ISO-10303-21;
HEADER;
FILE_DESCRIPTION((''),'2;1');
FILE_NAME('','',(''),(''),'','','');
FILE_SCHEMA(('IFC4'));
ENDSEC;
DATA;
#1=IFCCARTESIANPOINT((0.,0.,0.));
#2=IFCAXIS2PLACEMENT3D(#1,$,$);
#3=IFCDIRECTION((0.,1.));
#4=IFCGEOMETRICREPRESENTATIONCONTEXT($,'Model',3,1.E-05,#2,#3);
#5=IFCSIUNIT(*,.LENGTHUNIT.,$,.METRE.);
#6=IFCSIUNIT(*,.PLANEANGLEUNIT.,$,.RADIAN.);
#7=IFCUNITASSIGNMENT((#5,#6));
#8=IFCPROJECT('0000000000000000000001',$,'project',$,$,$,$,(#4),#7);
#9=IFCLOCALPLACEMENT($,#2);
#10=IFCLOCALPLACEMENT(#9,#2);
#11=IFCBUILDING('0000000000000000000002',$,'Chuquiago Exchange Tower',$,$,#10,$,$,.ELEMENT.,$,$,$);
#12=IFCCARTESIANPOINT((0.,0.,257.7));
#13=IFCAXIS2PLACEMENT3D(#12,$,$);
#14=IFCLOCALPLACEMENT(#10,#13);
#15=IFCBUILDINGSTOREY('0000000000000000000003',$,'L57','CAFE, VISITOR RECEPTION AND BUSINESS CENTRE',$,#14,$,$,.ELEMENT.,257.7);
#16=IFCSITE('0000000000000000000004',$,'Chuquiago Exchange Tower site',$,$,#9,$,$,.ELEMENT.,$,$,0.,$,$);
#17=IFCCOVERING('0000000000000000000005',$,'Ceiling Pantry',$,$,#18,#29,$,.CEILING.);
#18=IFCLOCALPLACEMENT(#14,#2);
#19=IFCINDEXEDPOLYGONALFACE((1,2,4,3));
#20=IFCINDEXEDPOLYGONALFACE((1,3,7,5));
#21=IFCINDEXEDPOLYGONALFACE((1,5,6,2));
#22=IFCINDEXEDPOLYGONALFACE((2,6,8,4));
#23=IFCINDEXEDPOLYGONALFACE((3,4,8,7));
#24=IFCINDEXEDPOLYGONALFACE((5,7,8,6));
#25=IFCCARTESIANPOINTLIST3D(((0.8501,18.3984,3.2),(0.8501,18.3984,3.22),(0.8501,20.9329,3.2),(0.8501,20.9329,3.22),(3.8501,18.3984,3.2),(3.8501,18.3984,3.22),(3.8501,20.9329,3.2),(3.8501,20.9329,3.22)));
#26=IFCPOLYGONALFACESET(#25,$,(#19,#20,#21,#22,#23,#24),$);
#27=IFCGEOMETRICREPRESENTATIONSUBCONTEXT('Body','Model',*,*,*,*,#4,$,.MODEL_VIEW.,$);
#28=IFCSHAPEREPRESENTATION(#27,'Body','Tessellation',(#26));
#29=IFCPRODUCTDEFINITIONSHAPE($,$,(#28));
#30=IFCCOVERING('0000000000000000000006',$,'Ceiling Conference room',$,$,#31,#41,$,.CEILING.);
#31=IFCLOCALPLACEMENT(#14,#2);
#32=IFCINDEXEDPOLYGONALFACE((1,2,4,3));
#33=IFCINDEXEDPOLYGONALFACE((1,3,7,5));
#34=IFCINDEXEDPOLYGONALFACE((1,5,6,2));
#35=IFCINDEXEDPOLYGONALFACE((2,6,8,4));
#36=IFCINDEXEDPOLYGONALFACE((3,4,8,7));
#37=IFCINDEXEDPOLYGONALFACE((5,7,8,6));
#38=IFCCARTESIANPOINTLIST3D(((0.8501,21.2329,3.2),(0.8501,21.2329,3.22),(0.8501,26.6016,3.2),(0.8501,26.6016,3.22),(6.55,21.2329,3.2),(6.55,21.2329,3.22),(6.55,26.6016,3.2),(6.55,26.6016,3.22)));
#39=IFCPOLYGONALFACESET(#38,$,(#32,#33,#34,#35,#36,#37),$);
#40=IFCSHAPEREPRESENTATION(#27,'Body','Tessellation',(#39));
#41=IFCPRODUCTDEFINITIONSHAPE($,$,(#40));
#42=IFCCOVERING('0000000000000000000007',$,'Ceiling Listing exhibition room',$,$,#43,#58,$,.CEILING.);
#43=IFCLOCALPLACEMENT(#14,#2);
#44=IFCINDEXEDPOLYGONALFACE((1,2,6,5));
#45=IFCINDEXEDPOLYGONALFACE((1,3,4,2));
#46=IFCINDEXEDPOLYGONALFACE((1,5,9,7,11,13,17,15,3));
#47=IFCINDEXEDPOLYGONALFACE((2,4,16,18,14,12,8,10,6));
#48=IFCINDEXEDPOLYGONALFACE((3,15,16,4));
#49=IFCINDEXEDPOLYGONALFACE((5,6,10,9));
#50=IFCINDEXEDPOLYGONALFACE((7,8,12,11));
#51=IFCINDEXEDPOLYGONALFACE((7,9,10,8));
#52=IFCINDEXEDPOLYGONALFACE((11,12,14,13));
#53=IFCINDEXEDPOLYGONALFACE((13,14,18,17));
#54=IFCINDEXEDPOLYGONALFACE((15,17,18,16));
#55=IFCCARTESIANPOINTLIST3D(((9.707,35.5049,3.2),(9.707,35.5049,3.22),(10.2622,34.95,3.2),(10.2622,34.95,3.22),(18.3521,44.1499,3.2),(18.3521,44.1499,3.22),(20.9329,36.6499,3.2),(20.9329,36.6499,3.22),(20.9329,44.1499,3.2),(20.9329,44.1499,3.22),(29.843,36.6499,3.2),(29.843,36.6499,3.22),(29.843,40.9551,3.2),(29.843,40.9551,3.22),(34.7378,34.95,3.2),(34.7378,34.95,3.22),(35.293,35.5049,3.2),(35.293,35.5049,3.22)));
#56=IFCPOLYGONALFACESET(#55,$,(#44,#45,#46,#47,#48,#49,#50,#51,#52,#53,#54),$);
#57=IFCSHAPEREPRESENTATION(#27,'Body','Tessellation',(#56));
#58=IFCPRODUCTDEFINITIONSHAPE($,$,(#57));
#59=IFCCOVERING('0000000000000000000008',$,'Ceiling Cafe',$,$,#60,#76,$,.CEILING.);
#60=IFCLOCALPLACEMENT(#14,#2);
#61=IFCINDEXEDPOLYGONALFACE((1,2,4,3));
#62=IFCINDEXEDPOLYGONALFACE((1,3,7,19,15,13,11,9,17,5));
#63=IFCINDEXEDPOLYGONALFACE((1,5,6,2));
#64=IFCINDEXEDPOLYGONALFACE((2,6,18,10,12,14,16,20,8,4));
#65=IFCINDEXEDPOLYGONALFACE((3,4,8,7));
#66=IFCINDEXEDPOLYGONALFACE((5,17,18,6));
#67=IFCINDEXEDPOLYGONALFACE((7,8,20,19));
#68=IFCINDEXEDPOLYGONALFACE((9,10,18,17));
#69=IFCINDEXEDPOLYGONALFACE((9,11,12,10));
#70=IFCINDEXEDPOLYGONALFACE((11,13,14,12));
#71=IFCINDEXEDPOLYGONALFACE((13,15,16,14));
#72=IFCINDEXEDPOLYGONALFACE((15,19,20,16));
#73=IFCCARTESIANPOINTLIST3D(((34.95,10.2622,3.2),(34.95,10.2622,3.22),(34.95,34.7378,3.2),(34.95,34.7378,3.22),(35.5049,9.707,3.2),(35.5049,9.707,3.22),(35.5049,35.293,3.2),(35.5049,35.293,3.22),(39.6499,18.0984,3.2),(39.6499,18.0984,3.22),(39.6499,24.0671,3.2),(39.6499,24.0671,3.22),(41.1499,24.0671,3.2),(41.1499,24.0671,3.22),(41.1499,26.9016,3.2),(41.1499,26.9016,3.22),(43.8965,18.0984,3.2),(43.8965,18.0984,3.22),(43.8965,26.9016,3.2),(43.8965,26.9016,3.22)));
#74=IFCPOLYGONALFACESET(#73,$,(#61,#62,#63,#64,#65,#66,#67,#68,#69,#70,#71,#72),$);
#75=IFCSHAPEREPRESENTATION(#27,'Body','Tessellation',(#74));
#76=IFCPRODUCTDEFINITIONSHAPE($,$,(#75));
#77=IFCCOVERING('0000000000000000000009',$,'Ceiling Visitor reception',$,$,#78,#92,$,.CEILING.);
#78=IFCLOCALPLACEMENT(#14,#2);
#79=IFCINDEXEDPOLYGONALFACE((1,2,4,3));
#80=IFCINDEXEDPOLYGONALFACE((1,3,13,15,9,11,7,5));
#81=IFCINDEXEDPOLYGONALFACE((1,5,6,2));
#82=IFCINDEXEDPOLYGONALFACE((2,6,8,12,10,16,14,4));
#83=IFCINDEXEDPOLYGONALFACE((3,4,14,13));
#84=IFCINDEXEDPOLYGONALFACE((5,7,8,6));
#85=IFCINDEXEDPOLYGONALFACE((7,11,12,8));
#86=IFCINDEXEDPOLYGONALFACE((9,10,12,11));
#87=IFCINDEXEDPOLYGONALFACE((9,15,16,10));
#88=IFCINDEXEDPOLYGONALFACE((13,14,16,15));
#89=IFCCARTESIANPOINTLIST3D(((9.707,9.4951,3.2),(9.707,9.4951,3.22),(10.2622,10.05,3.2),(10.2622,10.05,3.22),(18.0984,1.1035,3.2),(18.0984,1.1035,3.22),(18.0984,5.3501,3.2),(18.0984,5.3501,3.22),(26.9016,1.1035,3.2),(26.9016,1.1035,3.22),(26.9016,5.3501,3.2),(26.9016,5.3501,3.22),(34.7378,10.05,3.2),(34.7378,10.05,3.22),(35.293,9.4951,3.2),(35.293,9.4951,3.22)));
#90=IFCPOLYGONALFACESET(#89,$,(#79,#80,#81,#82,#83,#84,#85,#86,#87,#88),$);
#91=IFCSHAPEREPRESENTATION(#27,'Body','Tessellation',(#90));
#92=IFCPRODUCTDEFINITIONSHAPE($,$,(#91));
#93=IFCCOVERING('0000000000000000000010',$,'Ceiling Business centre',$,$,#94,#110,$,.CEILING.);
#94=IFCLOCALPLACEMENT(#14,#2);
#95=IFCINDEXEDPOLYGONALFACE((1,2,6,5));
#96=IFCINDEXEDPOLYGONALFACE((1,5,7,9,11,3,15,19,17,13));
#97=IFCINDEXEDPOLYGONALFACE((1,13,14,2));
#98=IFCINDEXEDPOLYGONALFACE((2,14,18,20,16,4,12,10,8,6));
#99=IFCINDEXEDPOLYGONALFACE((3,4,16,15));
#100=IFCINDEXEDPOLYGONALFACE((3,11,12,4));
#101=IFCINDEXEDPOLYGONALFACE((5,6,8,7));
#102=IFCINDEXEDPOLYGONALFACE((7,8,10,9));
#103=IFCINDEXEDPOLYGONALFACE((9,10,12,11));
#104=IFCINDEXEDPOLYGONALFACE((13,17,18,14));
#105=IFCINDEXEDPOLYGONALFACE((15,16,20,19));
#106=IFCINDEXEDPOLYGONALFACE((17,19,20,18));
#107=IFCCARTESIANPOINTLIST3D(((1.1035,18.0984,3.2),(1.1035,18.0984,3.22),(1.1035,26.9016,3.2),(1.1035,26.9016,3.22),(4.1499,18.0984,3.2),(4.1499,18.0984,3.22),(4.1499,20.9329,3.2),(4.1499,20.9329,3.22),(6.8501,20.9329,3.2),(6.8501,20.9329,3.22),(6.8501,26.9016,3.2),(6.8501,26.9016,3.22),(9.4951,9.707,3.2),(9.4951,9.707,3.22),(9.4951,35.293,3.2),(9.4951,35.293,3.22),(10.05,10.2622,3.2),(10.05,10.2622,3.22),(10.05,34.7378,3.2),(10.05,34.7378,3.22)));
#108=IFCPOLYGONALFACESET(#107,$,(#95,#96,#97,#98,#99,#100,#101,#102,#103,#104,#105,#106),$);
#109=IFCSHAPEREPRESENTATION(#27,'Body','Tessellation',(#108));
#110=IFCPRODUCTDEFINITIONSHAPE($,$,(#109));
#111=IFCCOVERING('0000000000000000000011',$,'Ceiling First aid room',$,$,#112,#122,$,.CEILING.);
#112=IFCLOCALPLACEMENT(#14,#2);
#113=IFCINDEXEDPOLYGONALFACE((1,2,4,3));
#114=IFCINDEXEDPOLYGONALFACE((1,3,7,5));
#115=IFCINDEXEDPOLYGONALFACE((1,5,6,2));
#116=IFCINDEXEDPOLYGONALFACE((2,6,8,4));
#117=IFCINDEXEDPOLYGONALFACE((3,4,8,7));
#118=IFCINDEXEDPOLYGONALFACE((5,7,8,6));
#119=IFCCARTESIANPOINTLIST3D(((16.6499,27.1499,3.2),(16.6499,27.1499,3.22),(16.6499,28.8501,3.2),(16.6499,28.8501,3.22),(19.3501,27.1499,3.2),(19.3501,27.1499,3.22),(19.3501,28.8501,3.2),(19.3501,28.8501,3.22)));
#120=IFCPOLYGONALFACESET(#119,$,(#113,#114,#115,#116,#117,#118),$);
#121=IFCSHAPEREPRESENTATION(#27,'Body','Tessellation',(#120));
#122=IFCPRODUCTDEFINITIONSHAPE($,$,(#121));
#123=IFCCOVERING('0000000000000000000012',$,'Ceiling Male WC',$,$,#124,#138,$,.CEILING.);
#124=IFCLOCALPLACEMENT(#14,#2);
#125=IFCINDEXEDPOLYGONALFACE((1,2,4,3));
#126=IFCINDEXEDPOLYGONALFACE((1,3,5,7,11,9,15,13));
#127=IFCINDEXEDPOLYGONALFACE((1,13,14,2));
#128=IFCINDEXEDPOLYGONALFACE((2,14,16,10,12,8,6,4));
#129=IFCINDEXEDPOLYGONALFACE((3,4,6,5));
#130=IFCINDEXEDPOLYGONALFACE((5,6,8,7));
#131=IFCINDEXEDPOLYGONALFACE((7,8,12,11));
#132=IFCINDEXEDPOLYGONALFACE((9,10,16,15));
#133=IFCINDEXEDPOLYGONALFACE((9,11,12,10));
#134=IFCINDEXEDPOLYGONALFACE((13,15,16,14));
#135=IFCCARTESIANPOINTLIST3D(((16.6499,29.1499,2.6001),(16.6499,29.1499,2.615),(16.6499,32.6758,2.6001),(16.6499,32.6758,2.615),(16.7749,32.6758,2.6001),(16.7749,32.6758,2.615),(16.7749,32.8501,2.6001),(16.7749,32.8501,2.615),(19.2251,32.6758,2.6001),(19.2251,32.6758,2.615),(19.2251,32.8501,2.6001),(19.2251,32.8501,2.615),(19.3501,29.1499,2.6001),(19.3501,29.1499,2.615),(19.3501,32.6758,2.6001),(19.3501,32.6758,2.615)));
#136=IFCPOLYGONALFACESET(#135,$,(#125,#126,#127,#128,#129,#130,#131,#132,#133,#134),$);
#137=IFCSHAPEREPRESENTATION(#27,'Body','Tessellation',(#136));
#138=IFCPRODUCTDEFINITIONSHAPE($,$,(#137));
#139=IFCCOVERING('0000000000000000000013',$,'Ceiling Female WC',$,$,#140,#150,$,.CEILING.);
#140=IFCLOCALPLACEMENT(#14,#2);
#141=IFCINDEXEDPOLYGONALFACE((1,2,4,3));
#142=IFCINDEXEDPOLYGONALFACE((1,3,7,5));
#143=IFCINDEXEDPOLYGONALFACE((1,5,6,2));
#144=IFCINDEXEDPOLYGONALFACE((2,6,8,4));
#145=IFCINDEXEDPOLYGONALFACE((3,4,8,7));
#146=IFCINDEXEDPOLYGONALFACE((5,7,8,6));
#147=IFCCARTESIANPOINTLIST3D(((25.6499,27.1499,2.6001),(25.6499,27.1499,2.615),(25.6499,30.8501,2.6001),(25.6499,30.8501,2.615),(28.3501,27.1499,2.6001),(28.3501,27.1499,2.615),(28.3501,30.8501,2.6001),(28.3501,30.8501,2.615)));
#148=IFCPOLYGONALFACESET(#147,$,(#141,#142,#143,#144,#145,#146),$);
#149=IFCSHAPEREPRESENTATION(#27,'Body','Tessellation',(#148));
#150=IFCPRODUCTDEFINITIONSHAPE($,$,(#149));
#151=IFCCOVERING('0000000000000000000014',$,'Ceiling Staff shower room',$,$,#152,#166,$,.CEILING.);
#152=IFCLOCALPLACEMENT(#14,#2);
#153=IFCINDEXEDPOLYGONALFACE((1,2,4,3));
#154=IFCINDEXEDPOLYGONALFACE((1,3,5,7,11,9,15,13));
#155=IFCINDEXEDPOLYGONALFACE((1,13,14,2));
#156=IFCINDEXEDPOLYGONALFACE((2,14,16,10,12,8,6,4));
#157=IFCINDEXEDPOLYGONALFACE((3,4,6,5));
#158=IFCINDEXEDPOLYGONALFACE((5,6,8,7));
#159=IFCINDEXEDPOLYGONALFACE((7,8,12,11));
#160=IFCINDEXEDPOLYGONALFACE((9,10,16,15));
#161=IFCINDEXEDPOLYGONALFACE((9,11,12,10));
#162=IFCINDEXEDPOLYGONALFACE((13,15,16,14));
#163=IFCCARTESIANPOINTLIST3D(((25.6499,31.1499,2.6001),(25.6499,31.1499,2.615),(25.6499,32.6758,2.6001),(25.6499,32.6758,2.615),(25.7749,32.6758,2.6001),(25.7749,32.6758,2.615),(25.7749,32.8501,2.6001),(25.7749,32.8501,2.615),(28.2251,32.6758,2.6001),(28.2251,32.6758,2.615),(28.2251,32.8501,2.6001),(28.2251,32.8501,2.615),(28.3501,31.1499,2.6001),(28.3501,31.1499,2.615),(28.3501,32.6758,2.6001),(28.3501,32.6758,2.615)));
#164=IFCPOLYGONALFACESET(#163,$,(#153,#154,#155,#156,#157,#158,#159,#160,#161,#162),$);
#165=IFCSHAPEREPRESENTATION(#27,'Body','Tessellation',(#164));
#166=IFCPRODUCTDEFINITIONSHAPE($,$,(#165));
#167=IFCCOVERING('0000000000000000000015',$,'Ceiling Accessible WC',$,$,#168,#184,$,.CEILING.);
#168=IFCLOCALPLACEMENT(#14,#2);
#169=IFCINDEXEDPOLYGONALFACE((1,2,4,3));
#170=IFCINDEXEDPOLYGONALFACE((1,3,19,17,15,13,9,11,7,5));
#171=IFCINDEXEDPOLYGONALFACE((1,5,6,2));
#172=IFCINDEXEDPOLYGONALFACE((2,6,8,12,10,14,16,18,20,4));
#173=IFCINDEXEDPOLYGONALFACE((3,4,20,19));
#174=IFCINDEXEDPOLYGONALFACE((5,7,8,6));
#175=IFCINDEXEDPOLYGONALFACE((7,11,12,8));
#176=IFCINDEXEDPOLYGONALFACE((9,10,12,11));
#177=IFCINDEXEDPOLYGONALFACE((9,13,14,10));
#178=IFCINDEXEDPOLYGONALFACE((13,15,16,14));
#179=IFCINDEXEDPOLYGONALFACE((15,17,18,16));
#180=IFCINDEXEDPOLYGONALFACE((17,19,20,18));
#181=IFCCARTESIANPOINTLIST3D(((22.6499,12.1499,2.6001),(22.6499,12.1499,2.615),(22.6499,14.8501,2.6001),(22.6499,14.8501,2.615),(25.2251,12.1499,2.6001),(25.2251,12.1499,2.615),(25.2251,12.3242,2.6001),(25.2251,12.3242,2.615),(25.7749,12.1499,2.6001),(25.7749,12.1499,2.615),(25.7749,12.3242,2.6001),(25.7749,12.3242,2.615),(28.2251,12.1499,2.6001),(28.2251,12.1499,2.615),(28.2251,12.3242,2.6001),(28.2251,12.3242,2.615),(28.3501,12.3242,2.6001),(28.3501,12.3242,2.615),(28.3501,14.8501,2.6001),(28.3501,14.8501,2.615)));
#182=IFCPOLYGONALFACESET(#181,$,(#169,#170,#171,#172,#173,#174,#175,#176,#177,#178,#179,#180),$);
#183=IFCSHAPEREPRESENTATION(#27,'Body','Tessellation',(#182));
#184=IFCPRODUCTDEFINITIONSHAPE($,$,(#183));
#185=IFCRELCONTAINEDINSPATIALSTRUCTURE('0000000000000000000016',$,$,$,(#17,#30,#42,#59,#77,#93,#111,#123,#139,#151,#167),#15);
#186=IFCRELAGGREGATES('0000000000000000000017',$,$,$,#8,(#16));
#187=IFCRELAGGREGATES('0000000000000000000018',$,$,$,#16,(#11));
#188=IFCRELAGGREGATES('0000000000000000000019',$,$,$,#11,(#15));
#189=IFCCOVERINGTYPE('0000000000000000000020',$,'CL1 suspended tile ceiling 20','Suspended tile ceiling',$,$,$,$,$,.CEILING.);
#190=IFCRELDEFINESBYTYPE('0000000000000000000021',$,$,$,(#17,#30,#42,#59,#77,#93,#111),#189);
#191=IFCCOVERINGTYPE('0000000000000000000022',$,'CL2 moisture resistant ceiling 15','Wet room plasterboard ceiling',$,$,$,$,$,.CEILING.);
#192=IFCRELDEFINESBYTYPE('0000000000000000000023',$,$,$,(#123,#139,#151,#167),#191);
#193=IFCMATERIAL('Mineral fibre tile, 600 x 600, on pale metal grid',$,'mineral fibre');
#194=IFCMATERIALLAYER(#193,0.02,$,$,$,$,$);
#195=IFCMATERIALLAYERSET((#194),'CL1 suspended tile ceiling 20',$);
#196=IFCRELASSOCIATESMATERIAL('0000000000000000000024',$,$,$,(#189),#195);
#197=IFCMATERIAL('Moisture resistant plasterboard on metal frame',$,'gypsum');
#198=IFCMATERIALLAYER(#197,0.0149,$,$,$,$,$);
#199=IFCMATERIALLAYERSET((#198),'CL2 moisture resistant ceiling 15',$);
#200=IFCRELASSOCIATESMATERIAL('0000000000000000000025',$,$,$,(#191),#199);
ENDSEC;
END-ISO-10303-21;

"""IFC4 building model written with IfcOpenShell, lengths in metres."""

from ifc_helpers import new_model, si_unit, direction, frame, origin, place, context, subcontext, project, spatial, polyline, outline, extrude, material, layer, layer_set, type_object, element, save


model = new_model("IFC4")

# Units and contexts
model_context = context("Model", 3, precision=1e-05, world=origin(), true_north=direction((0.0, 1.0)))
body_context = subcontext(model_context, "Body", "Model", "MODEL_VIEW")
ifc_project = project(units=[si_unit("LENGTHUNIT", "METRE"), si_unit("PLANEANGLEUNIT", "RADIAN")], contexts=[model_context])

# Site, building, storey
site_placement = place(None, origin())
site = spatial("IfcSite", under=ifc_project, at=site_placement, Name="Chuquiago Exchange Tower site", CompositionType="ELEMENT", RefElevation=0.0)
building_placement = place(site_placement, origin())
building = spatial("IfcBuilding", under=site, at=building_placement, Name="Chuquiago Exchange Tower", CompositionType="ELEMENT")
storey_placement = place(building_placement, frame((0.0, 0.0, 257.7)))
storey = spatial("IfcBuildingStorey", under=building, at=storey_placement, Name="L57", Description="CAFE, VISITOR RECEPTION AND BUSINESS CENTRE", CompositionType="ELEMENT", Elevation=257.7)

# Coverings
ifc_material_1 = material(Name="Mineral fibre tile, 600 x 600, on pale metal grid", Category="mineral fibre")
ifc_layer_1 = layer(ifc_material_1, 0.02)
ifc_layer_set_1 = layer_set([ifc_layer_1], Name="CL1 suspended tile ceiling 20")
covering_type_1 = type_object("IfcCoveringType", Name="CL1 suspended tile ceiling 20", Description="Suspended tile ceiling", PredefinedType="CEILING", material=ifc_layer_set_1)
covering_1_placement = place(storey_placement, frame((0.0, 0.0, 3.2)))
element("IfcCovering", 1, at=covering_1_placement, inside=storey, type_object=covering_type_1, Name="Ceiling Pantry", PredefinedType="CEILING", context=body_context, shape_type="SweptSolid", body=[
    extrude(outline(polyline([(0.8501, 20.9329), (3.8501, 20.9329), (3.8501, 18.3984), (0.8501, 18.3984), (0.8501, 20.9329)])), origin(), (0.0, 0.0, 1.0), 0.02),
])
covering_2_placement = place(storey_placement, frame((0.0, 0.0, 3.2)))
element("IfcCovering", 2, at=covering_2_placement, inside=storey, type_object=covering_type_1, Name="Ceiling Conference room", PredefinedType="CEILING", context=body_context, shape_type="SweptSolid", body=[
    extrude(outline(polyline([(6.55, 26.6016), (6.55, 21.2329), (0.8501, 21.2329), (0.8501, 26.6016), (6.55, 26.6016)])), origin(), (0.0, 0.0, 1.0), 0.02),
])
covering_3_placement = place(storey_placement, frame((0.0, 0.0, 3.2)))
element("IfcCovering", 3, at=covering_3_placement, inside=storey, type_object=covering_type_1, Name="Ceiling Listing exhibition room", PredefinedType="CEILING", context=body_context, shape_type="SweptSolid", body=[
    extrude(outline(polyline([(29.843, 36.6499), (29.843, 40.9551), (35.293, 35.5049), (34.7378, 34.95), (10.2622, 34.95), (9.707, 35.5049), (18.3521, 44.1499), (20.9329, 44.1499), (20.9329, 36.6499), (29.843, 36.6499)])), origin(), (0.0, 0.0, 1.0), 0.02),
])
covering_4_placement = place(storey_placement, frame((0.0, 0.0, 3.2)))
element("IfcCovering", 4, at=covering_4_placement, inside=storey, type_object=covering_type_1, Name="Ceiling Cafe", PredefinedType="CEILING", context=body_context, shape_type="SweptSolid", body=[
    extrude(outline(polyline([(41.1499, 26.9016), (41.1499, 24.0671), (39.6499, 24.0671), (39.6499, 18.0984), (43.8965, 18.0984), (35.5049, 9.707), (34.95, 10.2622), (34.95, 34.7378), (35.5049, 35.293), (43.8965, 26.9016), (41.1499, 26.9016)])), origin(), (0.0, 0.0, 1.0), 0.02),
])
covering_5_placement = place(storey_placement, frame((0.0, 0.0, 3.2)))
element("IfcCovering", 5, at=covering_5_placement, inside=storey, type_object=covering_type_1, Name="Ceiling Visitor reception", PredefinedType="CEILING", context=body_context, shape_type="SweptSolid", body=[
    extrude(outline(polyline([(26.9016, 5.3501), (18.0984, 5.3501), (18.0984, 1.1035), (9.707, 9.4951), (10.2622, 10.05), (34.7378, 10.05), (35.293, 9.4951), (26.9016, 1.1035), (26.9016, 5.3501)])), origin(), (0.0, 0.0, 1.0), 0.02),
])
covering_6_placement = place(storey_placement, frame((0.0, 0.0, 3.2)))
element("IfcCovering", 6, at=covering_6_placement, inside=storey, type_object=covering_type_1, Name="Ceiling Business centre", PredefinedType="CEILING", context=body_context, shape_type="SweptSolid", body=[
    extrude(outline(polyline([(4.1499, 18.0984), (4.1499, 20.9329), (6.8501, 20.9329), (6.8501, 26.9016), (1.1035, 26.9016), (9.4951, 35.293), (10.05, 34.7378), (10.05, 10.2622), (9.4951, 9.707), (1.1035, 18.0984), (4.1499, 18.0984)])), origin(), (0.0, 0.0, 1.0), 0.02),
])
covering_7_placement = place(storey_placement, frame((0.0, 0.0, 3.2)))
element("IfcCovering", 7, at=covering_7_placement, inside=storey, type_object=covering_type_1, Name="Ceiling First aid room", PredefinedType="CEILING", context=body_context, shape_type="SweptSolid", body=[
    extrude(outline(polyline([(16.6499, 27.1499), (16.6499, 28.8501), (19.3501, 28.8501), (19.3501, 27.1499), (16.6499, 27.1499)])), origin(), (0.0, 0.0, 1.0), 0.02),
])
ifc_material_2 = material(Name="Moisture resistant plasterboard on metal frame", Category="gypsum")
ifc_layer_2 = layer(ifc_material_2, 0.0149)
ifc_layer_set_2 = layer_set([ifc_layer_2], Name="CL2 moisture resistant ceiling 15")
covering_type_2 = type_object("IfcCoveringType", Name="CL2 moisture resistant ceiling 15", Description="Wet room plasterboard ceiling", PredefinedType="CEILING", material=ifc_layer_set_2)
covering_8_placement = place(storey_placement, frame((0.0, 0.0, 2.6001)))
element("IfcCovering", 8, at=covering_8_placement, inside=storey, type_object=covering_type_2, Name="Ceiling Male WC", PredefinedType="CEILING", context=body_context, shape_type="SweptSolid", body=[
    extrude(outline(polyline([(16.6499, 29.1499), (16.6499, 32.6758), (16.7749, 32.6758), (16.7749, 32.8501), (19.2251, 32.8501), (19.2251, 32.6758), (19.3501, 32.6758), (19.3501, 29.1499), (16.6499, 29.1499)])), origin(), (0.0, 0.0, 1.0), 0.0149),
])
covering_9_placement = place(storey_placement, frame((0.0, 0.0, 2.6001)))
element("IfcCovering", 9, at=covering_9_placement, inside=storey, type_object=covering_type_2, Name="Ceiling Female WC", PredefinedType="CEILING", context=body_context, shape_type="SweptSolid", body=[
    extrude(outline(polyline([(25.6499, 27.1499), (25.6499, 30.8501), (28.3501, 30.8501), (28.3501, 27.1499), (25.6499, 27.1499)])), origin(), (0.0, 0.0, 1.0), 0.0149),
])
covering_10_placement = place(storey_placement, frame((0.0, 0.0, 2.6001)))
element("IfcCovering", 10, at=covering_10_placement, inside=storey, type_object=covering_type_2, Name="Ceiling Staff shower room", PredefinedType="CEILING", context=body_context, shape_type="SweptSolid", body=[
    extrude(outline(polyline([(25.6499, 31.1499), (25.6499, 32.6758), (25.7749, 32.6758), (25.7749, 32.8501), (28.2251, 32.8501), (28.2251, 32.6758), (28.3501, 32.6758), (28.3501, 31.1499), (25.6499, 31.1499)])), origin(), (0.0, 0.0, 1.0), 0.0149),
])
covering_11_placement = place(storey_placement, frame((0.0, 0.0, 2.6001)))
element("IfcCovering", 11, at=covering_11_placement, inside=storey, type_object=covering_type_2, Name="Ceiling Accessible WC", PredefinedType="CEILING", context=body_context, shape_type="SweptSolid", body=[
    extrude(outline(polyline([(25.7749, 12.1499), (25.7749, 12.3242), (25.2251, 12.3242), (25.2251, 12.1499), (22.6499, 12.1499), (22.6499, 14.8501), (28.3501, 14.8501), (28.3501, 12.3242), (28.2251, 12.3242), (28.2251, 12.1499), (25.7749, 12.1499)])), origin(), (0.0, 0.0, 1.0), 0.0149),
])

save(model, "model.ifc")
